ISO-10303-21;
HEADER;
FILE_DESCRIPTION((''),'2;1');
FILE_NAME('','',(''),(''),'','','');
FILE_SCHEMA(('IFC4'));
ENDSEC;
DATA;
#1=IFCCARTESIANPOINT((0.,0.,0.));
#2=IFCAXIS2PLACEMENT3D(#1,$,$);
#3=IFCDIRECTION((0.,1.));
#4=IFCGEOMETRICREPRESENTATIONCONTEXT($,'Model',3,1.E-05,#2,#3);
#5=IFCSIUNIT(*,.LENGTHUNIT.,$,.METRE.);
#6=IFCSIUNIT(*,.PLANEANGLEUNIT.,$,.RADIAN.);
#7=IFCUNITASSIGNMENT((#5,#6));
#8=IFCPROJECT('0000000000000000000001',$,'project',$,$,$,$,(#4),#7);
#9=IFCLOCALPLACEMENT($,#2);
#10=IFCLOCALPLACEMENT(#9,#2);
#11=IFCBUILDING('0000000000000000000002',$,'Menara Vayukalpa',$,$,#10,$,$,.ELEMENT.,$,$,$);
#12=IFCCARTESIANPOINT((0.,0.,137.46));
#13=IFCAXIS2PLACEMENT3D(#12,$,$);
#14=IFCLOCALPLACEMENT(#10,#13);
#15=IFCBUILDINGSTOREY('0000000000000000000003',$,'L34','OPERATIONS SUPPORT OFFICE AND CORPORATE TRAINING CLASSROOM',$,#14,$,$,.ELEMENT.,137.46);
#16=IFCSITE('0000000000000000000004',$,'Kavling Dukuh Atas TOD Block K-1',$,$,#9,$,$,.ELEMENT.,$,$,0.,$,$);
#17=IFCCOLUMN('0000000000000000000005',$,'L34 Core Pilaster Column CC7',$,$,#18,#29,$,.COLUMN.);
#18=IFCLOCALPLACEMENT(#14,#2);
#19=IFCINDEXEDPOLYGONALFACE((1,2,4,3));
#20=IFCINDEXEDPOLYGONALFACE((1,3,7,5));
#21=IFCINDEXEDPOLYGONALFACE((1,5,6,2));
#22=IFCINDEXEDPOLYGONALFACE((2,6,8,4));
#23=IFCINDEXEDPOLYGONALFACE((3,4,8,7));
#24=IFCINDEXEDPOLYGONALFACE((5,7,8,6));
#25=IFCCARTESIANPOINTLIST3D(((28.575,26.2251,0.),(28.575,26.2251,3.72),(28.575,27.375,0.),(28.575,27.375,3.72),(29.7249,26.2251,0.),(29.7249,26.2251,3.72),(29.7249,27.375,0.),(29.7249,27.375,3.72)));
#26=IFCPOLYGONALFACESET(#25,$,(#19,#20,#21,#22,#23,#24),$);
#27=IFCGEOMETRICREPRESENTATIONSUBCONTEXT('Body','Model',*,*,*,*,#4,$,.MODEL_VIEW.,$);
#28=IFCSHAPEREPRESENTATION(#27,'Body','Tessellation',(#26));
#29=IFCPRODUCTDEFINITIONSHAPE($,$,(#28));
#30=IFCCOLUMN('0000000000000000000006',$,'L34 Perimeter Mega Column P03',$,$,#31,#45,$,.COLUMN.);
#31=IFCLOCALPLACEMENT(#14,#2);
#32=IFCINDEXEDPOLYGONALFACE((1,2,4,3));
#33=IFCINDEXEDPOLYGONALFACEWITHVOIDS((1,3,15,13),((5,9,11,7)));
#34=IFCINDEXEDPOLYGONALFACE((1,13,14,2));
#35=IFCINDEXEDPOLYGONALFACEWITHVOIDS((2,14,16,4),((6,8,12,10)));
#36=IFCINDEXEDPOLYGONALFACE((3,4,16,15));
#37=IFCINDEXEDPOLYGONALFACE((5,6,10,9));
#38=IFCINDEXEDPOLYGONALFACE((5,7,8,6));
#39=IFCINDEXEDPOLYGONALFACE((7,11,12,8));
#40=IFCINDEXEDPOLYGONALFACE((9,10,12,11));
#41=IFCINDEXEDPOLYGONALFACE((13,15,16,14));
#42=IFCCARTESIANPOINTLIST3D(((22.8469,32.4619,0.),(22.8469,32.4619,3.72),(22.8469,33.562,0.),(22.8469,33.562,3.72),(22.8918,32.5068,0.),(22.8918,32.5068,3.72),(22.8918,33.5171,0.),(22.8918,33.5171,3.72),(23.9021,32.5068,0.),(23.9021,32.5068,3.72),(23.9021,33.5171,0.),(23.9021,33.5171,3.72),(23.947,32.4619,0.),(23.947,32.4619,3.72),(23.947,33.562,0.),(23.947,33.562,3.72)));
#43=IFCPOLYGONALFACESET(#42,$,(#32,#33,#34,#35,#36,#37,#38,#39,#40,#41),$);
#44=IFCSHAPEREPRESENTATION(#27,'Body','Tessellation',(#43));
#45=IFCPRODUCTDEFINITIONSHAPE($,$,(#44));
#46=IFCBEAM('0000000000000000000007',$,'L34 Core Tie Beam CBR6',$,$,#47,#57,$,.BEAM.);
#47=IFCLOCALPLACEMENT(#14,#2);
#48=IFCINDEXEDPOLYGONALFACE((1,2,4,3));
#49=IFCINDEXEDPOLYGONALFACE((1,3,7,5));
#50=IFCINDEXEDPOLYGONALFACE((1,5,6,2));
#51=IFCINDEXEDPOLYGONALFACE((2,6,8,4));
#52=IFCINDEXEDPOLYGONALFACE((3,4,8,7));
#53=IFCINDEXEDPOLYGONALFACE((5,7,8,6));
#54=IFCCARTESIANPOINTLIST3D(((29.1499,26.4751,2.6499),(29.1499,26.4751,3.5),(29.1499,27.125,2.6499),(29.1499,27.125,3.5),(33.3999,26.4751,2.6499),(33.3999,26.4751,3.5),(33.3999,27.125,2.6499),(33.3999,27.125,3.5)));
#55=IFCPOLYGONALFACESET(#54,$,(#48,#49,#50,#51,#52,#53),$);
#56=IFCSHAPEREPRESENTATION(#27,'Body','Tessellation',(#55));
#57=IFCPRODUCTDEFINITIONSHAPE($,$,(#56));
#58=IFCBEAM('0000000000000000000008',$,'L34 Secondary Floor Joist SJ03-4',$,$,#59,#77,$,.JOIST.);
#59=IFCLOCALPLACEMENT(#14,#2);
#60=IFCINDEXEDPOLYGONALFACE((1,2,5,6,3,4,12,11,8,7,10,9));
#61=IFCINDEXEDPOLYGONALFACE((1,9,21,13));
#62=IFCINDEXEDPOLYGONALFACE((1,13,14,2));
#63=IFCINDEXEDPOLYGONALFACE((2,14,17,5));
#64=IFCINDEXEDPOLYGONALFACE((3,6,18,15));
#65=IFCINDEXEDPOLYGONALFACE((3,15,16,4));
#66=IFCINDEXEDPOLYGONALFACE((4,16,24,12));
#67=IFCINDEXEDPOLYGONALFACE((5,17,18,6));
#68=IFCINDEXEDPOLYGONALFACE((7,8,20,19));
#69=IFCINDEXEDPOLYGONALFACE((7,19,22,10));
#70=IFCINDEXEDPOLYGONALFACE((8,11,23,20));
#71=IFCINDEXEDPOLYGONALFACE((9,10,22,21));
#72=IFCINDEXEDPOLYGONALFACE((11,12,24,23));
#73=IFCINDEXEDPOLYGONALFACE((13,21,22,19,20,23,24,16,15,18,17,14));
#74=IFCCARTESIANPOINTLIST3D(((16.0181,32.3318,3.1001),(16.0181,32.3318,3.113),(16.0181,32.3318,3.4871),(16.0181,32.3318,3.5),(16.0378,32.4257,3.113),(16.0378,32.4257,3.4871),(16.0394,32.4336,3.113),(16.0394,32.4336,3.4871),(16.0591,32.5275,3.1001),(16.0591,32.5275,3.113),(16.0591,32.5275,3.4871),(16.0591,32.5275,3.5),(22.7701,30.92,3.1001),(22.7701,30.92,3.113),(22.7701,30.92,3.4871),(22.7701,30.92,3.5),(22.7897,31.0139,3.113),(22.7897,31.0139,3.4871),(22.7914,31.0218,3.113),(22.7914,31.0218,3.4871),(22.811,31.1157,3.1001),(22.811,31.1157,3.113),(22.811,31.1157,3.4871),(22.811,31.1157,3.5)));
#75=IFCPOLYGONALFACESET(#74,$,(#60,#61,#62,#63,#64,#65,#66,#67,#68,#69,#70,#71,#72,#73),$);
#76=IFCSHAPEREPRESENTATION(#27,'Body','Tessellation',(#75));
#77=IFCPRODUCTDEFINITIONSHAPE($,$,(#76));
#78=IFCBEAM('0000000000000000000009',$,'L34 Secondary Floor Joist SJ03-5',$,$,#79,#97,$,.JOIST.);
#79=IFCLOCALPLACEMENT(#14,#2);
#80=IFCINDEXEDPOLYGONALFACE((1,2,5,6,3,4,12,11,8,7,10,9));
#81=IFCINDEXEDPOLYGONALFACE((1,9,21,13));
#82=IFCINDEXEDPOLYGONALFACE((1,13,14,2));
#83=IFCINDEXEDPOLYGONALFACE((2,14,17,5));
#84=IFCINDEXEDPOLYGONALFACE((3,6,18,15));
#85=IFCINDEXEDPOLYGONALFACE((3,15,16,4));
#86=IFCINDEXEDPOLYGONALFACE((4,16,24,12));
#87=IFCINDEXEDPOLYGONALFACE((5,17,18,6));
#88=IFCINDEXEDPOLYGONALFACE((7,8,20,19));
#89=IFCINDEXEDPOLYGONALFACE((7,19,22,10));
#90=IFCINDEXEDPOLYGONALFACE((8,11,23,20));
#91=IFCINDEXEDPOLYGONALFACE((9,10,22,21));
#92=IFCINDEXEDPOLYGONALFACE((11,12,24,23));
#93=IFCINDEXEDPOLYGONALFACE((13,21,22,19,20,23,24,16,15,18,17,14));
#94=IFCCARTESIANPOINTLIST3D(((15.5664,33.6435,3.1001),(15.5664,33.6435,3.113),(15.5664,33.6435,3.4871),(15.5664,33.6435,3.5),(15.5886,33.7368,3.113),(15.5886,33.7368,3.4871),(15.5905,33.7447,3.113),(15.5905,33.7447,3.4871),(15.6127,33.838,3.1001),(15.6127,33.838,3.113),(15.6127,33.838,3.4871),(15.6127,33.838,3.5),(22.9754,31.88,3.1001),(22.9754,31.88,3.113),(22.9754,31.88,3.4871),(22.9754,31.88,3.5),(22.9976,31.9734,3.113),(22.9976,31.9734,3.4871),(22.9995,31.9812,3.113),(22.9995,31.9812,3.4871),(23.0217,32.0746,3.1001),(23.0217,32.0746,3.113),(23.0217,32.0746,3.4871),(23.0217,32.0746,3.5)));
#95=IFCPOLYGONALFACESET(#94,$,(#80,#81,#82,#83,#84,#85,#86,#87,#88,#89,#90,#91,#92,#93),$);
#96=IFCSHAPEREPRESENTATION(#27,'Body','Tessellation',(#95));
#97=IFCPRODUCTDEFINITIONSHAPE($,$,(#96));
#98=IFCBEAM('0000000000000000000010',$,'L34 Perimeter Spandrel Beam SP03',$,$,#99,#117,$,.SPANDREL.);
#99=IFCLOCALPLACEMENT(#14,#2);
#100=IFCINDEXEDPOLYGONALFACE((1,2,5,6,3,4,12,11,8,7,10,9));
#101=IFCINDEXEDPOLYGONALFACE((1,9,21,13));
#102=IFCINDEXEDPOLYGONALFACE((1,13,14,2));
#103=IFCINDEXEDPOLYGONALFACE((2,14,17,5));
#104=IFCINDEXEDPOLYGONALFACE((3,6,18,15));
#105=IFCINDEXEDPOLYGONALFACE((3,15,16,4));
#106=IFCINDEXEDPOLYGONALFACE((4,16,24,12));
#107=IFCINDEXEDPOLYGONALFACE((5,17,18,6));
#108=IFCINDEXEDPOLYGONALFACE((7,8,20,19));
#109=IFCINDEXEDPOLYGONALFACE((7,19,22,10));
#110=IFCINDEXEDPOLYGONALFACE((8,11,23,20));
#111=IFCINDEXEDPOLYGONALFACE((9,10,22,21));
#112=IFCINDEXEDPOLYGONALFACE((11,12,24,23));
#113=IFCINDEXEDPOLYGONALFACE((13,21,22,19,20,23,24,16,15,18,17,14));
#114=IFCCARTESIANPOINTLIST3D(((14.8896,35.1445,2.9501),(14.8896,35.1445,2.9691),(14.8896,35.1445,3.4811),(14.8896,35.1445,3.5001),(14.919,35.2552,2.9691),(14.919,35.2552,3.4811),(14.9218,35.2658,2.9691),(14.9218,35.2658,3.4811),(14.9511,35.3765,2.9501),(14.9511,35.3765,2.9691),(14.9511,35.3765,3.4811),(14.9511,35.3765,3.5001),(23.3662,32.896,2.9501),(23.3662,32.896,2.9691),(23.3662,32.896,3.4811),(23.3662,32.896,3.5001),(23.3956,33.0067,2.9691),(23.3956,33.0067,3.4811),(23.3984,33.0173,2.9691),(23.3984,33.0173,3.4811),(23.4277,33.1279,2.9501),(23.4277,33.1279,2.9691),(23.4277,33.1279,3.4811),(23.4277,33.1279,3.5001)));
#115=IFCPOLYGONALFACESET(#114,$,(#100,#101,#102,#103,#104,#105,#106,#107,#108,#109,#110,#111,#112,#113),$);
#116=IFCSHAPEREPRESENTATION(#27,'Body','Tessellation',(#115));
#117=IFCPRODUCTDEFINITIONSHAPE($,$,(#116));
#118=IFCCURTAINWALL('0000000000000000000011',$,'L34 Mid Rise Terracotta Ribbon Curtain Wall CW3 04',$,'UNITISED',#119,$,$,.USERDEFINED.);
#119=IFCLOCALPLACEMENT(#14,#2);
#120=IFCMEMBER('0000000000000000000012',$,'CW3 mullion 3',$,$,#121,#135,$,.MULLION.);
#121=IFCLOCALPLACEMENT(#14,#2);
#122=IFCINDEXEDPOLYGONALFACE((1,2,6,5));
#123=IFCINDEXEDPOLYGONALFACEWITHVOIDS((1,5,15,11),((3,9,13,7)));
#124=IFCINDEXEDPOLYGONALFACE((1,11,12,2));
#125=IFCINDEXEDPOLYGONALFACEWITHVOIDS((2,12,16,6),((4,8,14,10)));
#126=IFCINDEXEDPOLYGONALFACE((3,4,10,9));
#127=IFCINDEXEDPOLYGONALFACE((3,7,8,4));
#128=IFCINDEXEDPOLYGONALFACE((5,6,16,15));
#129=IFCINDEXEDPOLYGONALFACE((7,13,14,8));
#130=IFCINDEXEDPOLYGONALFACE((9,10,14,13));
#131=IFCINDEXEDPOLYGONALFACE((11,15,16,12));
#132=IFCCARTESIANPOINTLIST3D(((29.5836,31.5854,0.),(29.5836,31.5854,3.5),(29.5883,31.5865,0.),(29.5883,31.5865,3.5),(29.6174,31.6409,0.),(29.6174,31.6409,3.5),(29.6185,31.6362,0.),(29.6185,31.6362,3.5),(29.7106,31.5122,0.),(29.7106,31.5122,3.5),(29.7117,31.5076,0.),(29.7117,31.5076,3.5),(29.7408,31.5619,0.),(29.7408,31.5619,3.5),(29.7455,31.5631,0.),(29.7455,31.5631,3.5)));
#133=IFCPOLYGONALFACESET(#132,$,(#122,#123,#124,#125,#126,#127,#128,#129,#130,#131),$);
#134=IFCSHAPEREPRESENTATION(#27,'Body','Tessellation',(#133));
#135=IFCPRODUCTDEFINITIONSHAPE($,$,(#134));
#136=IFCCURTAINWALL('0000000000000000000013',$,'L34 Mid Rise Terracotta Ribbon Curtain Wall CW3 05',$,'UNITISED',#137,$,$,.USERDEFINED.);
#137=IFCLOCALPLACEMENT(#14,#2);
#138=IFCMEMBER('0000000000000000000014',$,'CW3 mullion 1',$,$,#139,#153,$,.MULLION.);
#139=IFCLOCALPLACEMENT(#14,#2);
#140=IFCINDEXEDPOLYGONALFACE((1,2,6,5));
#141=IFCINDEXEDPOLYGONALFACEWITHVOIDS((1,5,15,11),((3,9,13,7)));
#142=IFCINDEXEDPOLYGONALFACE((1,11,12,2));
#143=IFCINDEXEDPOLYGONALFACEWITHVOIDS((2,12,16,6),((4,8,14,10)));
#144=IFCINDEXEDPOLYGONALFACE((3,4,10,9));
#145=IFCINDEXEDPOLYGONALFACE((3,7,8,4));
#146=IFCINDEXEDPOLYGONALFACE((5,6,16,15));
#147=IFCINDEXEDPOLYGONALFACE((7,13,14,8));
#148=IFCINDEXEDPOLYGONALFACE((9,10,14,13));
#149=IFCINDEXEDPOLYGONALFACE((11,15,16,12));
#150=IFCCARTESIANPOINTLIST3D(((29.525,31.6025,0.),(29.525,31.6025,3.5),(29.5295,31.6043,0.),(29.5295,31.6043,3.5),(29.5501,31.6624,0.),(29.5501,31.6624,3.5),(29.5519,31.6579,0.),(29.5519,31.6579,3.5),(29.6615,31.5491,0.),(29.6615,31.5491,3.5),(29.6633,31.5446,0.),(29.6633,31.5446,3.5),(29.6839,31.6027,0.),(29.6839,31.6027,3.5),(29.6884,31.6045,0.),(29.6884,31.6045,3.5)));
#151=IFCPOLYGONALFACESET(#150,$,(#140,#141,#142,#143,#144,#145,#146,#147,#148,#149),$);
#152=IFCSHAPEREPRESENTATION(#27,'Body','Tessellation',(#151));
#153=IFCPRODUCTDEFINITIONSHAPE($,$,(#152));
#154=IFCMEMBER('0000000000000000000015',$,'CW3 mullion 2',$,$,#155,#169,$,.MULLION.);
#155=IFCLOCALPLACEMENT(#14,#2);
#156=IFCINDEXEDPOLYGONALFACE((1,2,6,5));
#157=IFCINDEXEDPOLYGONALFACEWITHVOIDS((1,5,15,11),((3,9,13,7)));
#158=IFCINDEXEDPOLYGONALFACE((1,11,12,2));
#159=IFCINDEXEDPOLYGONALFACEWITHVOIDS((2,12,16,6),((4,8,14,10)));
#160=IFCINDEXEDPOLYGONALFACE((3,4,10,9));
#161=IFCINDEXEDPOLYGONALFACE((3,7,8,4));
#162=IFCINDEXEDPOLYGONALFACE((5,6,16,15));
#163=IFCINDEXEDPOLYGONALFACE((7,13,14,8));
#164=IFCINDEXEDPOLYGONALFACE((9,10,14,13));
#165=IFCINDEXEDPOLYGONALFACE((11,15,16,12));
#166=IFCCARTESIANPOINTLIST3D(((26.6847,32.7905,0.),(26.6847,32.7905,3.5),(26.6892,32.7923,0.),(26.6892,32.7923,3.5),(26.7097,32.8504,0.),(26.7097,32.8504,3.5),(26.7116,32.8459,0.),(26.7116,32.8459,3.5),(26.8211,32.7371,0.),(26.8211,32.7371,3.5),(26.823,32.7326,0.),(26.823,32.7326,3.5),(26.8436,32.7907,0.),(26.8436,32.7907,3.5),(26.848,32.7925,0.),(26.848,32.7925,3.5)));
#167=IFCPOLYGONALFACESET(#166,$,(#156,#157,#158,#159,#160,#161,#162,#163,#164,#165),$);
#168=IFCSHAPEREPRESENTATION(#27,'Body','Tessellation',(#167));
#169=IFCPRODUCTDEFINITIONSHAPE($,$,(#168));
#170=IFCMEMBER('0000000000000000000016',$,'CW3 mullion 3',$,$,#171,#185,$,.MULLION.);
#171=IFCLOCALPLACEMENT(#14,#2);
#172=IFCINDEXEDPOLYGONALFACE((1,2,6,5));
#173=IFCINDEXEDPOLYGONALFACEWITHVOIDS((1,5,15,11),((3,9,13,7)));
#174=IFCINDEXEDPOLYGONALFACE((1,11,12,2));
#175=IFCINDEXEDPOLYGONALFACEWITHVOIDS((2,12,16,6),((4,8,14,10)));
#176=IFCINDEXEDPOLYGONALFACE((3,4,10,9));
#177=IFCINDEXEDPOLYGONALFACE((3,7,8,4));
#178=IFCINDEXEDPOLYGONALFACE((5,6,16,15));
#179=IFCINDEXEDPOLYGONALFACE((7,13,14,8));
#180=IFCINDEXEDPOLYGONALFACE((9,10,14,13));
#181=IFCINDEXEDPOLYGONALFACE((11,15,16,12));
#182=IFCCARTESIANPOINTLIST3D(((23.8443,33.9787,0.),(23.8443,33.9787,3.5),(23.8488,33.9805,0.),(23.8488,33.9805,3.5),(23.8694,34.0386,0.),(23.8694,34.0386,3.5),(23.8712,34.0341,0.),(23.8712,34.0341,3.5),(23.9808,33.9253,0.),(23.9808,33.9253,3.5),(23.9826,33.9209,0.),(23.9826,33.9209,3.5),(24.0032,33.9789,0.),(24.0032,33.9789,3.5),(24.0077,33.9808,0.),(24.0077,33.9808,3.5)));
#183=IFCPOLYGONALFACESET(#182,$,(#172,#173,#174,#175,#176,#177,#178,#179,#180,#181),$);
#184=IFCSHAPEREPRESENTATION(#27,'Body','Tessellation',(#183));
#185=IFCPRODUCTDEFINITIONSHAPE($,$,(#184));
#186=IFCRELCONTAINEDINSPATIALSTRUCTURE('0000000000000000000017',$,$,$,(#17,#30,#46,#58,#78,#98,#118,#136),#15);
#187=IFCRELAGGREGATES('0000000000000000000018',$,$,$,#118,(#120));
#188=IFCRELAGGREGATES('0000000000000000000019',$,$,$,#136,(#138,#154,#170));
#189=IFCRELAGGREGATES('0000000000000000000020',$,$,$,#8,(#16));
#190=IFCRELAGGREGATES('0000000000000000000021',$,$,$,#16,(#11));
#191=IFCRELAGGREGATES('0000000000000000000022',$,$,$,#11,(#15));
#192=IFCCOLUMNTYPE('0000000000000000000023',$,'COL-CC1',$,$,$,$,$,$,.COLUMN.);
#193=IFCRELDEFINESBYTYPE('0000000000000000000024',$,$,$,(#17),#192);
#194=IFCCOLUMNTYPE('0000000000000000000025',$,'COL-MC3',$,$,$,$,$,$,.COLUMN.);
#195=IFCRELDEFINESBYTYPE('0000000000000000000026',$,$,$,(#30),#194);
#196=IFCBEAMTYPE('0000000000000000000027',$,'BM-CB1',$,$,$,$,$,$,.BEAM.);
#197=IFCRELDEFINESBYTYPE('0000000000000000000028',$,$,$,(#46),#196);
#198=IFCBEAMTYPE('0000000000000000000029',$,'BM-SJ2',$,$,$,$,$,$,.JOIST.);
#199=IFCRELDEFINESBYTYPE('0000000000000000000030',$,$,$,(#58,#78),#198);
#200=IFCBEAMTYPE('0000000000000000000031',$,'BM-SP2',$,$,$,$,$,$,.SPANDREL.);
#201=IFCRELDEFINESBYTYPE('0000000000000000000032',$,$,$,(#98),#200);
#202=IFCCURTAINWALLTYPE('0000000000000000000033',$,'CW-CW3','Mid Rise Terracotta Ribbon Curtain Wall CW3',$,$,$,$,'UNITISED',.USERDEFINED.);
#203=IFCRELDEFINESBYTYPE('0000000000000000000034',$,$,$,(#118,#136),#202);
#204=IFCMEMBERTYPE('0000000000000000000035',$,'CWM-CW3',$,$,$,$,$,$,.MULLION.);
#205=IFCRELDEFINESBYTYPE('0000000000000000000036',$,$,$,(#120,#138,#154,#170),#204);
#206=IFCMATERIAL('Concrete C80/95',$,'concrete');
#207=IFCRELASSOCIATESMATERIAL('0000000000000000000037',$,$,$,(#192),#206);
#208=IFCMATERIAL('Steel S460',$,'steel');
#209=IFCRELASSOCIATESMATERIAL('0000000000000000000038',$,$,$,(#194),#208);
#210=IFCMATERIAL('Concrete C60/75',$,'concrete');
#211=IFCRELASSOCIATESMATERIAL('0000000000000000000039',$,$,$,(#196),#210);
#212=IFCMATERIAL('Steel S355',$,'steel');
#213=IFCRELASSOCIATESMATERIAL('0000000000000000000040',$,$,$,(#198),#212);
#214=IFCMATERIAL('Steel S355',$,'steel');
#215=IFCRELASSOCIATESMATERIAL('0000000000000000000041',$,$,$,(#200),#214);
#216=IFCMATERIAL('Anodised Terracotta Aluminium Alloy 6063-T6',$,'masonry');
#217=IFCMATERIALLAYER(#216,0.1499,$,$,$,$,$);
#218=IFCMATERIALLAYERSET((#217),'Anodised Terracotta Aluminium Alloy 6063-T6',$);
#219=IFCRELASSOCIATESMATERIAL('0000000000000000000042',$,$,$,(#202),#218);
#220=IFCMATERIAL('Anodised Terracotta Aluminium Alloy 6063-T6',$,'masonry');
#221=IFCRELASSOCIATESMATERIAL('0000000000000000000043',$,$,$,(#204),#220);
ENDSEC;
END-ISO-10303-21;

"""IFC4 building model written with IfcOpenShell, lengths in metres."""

from ifc_helpers import new_model, si_unit, direction, frame, origin, origin_2d, place, context, subcontext, project, spatial, rectangle, hollow_rectangle, i_section, extrude, material, layer, layer_set, material_profile, profile_set, type_object, element, aggregate, save


model = new_model("IFC4")

# Units and contexts
model_context = context("Model", 3, precision=1e-05, world=origin(), true_north=direction((0.0, 1.0)))
body_context = subcontext(model_context, "Body", "Model", "MODEL_VIEW")
ifc_project = project(units=[si_unit("LENGTHUNIT", "METRE"), si_unit("PLANEANGLEUNIT", "RADIAN")], contexts=[model_context])

# Site, building, storey
site_placement = place(None, origin())
site = spatial("IfcSite", under=ifc_project, at=site_placement, Name="Kavling Dukuh Atas TOD Block K-1", CompositionType="ELEMENT", RefElevation=0.0)
building_placement = place(site_placement, origin())
building = spatial("IfcBuilding", under=site, at=building_placement, Name="Menara Vayukalpa", CompositionType="ELEMENT")
storey_placement = place(building_placement, frame((0.0, 0.0, 137.46)))
storey = spatial("IfcBuildingStorey", under=building, at=storey_placement, Name="L34", Description="OPERATIONS SUPPORT OFFICE AND CORPORATE TRAINING CLASSROOM", CompositionType="ELEMENT", Elevation=137.46)

# Columns
ifc_material_1 = material(Name="Concrete C80/95", Category="concrete")
ifc_material_profile_1 = material_profile(ifc_material_1, rectangle(XDim=1.1499, YDim=1.1499, at=origin_2d()), Name="RC 1150x1150")
ifc_profile_set_1 = profile_set([ifc_material_profile_1], Name="Concrete C80/95")
column_type_1 = type_object("IfcColumnType", Name="COL-CC1", PredefinedType="COLUMN", material=ifc_profile_set_1)
column_1_placement = place(storey_placement, frame((29.1499, 26.8, 0.0), z_axis=(0.0, 0.0, 1.0), x_axis=(1.0, 0.0, 0.0)))
element("IfcColumn", 1, at=column_1_placement, inside=storey, type_object=column_type_1, Name="L34 Core Pilaster Column CC7", PredefinedType="COLUMN", context=body_context, shape_type="SweptSolid", body=[
    extrude(rectangle(XDim=1.1499, YDim=1.1499, at=origin_2d()), origin(), (0.0, 0.0, 1.0), 3.72),
])
ifc_material_2 = material(Name="Steel S460", Category="steel")
ifc_material_profile_2 = material_profile(ifc_material_2, hollow_rectangle(XDim=1.1001, YDim=1.1001, WallThickness=0.0449, at=origin_2d()), Name="BOX 1100x1100x45")
ifc_profile_set_2 = profile_set([ifc_material_profile_2], Name="Steel S460")
column_type_2 = type_object("IfcColumnType", Name="COL-MC3", PredefinedType="COLUMN", material=ifc_profile_set_2)
column_2_placement = place(storey_placement, frame((23.397, 33.012, 0.0), z_axis=(0.0, 0.0, 1.0), x_axis=(1.0, 0.0, 0.0)))
element("IfcColumn", 2, at=column_2_placement, inside=storey, type_object=column_type_2, Name="L34 Perimeter Mega Column P03", PredefinedType="COLUMN", context=body_context, shape_type="SweptSolid", body=[
    extrude(hollow_rectangle(XDim=1.1001, YDim=1.1001, WallThickness=0.0449, at=origin_2d()), origin(), (0.0, 0.0, 1.0), 3.72),
])

# Beams
ifc_material_3 = material(Name="Concrete C60/75", Category="concrete")
ifc_material_profile_3 = material_profile(ifc_material_3, rectangle(XDim=0.6499, YDim=0.8501, at=origin_2d()), Name="RC 650x850")
ifc_profile_set_3 = profile_set([ifc_material_profile_3], Name="Concrete C60/75")
beam_type_1 = type_object("IfcBeamType", Name="BM-CB1", PredefinedType="BEAM", material=ifc_profile_set_3)
beam_1_placement = place(storey_placement, frame((29.1499, 26.8, 3.075), z_axis=(1.0, 0.0, 0.0), x_axis=(0.0, 1.0, 0.0)))
element("IfcBeam", 3, at=beam_1_placement, inside=storey, type_object=beam_type_1, Name="L34 Core Tie Beam CBR6", PredefinedType="BEAM", context=body_context, shape_type="SweptSolid", body=[
    extrude(rectangle(XDim=0.6499, YDim=0.8501, at=origin_2d()), origin(), (0.0, 0.0, 1.0), 4.25),
])
ifc_material_4 = material(Name="Steel S355", Category="steel")
ifc_material_profile_4 = material_profile(ifc_material_4, i_section(OverallWidth=0.2, OverallDepth=0.3999, WebThickness=0.0081, FlangeThickness=0.0129, at=origin_2d()), Name="WF 400x200x8x13")
ifc_profile_set_4 = profile_set([ifc_material_profile_4], Name="Steel S355")
beam_type_2 = type_object("IfcBeamType", Name="BM-SJ2", PredefinedType="JOIST", material=ifc_profile_set_4)
beam_2_placement = place(storey_placement, frame((22.7905, 31.0178, 3.3), z_axis=(-0.978829, 0.204678, 0.0), x_axis=(-0.204678, -0.978829, 0.0)))
element("IfcBeam", 4, at=beam_2_placement, inside=storey, type_object=beam_type_2, Name="L34 Secondary Floor Joist SJ03-4", PredefinedType="JOIST", context=body_context, shape_type="SweptSolid", body=[
    extrude(i_section(OverallWidth=0.2, OverallDepth=0.3999, WebThickness=0.0081, FlangeThickness=0.0129, at=origin_2d()), origin(), (0.0, 0.0, 1.0), 6.8979),
])
beam_3_placement = place(storey_placement, frame((22.9985, 31.9773, 3.3), z_axis=(-0.972824, 0.231545, 0.0), x_axis=(-0.231545, -0.972824, 0.0)))
element("IfcBeam", 5, at=beam_3_placement, inside=storey, type_object=beam_type_2, Name="L34 Secondary Floor Joist SJ03-5", PredefinedType="JOIST", context=body_context, shape_type="SweptSolid", body=[
    extrude(i_section(OverallWidth=0.2, OverallDepth=0.3999, WebThickness=0.0081, FlangeThickness=0.0129, at=origin_2d()), origin(), (0.0, 0.0, 1.0), 7.616),
])
ifc_material_5 = material(Name="Steel S355", Category="steel")
ifc_material_profile_5 = material_profile(ifc_material_5, i_section(OverallWidth=0.24, OverallDepth=0.55, WebThickness=0.011, FlangeThickness=0.019, at=origin_2d()), Name="WF 550x240x11x19")
ifc_profile_set_5 = profile_set([ifc_material_profile_5], Name="Steel S355")
beam_type_3 = type_object("IfcBeamType", Name="BM-SP2", PredefinedType="SPANDREL", material=ifc_profile_set_5)
beam_4_placement = place(storey_placement, frame((23.397, 33.012, 3.2251), z_axis=(-0.966571, 0.256398, 0.0), x_axis=(-0.256398, -0.966571, 0.0)))
element("IfcBeam", 6, at=beam_4_placement, inside=storey, type_object=beam_type_3, Name="L34 Perimeter Spandrel Beam SP03", PredefinedType="SPANDREL", context=body_context, shape_type="SweptSolid", body=[
    extrude(i_section(OverallWidth=0.24, OverallDepth=0.55, WebThickness=0.011, FlangeThickness=0.019, at=origin_2d()), origin(), (0.0, 0.0, 1.0), 8.7698),
])

# Curtain wall, member
ifc_material_6 = material(Name="Anodised Terracotta Aluminium Alloy 6063-T6", Category="masonry")
ifc_layer_1 = layer(ifc_material_6, 0.1499)
ifc_layer_set_1 = layer_set([ifc_layer_1], Name="Anodised Terracotta Aluminium Alloy 6063-T6")
curtain_wall_type = type_object("IfcCurtainWallType", Name="CW-CW3", Description="Mid Rise Terracotta Ribbon Curtain Wall CW3", ElementType="UNITISED", PredefinedType="USERDEFINED", material=ifc_layer_set_1)
curtain_wall_1_placement = place(storey_placement, origin())
curtain_wall_1 = element("IfcCurtainWall", 7, at=curtain_wall_1_placement, inside=storey, type_object=curtain_wall_type, Name="L34 Mid Rise Terracotta Ribbon Curtain Wall CW3 04", ObjectType="UNITISED", PredefinedType="USERDEFINED")
ifc_material_7 = material(Name="Anodised Terracotta Aluminium Alloy 6063-T6", Category="masonry")
ifc_material_profile_6 = material_profile(ifc_material_7, hollow_rectangle(XDim=0.0649, YDim=0.1499, WallThickness=0.0034, at=origin_2d()), Name="ALU 65x150x3.5")
ifc_profile_set_6 = profile_set([ifc_material_profile_6], Name="Anodised Terracotta Aluminium Alloy 6063-T6")
member_type_1 = type_object("IfcMemberType", Name="CWM-CW3", PredefinedType="MULLION", material=ifc_profile_set_6)
member_1_placement = place(storey_placement, frame((29.6646, 31.5742, 0.0), z_axis=(0.0, 0.0, 1.0), x_axis=(-0.519196, -0.854655, 0.0)))
member_1 = element("IfcMember", 8, at=member_1_placement, type_object=member_type_1, Name="CW3 mullion 3", PredefinedType="MULLION", context=body_context, shape_type="SweptSolid", body=[
    extrude(hollow_rectangle(XDim=0.0649, YDim=0.1499, WallThickness=0.0034, at=origin_2d()), origin(), (0.0, 0.0, 1.0), 3.5),
])
aggregate(curtain_wall_1, [member_1])

# Curtain wall, members
curtain_wall_2_placement = place(storey_placement, origin())
curtain_wall_2 = element("IfcCurtainWall", 9, at=curtain_wall_2_placement, inside=storey, type_object=curtain_wall_type, Name="L34 Mid Rise Terracotta Ribbon Curtain Wall CW3 05", ObjectType="UNITISED", PredefinedType="USERDEFINED")
member_2_placement = place(storey_placement, frame((29.6067, 31.6035, 0.0), z_axis=(0.0, 0.0, 1.0), x_axis=(-0.385886, -0.922546, 0.0)))
member_2 = element("IfcMember", 10, at=member_2_placement, type_object=member_type_1, Name="CW3 mullion 1", PredefinedType="MULLION", context=body_context, shape_type="SweptSolid", body=[
    extrude(hollow_rectangle(XDim=0.0649, YDim=0.1499, WallThickness=0.0034, at=origin_2d()), origin(), (0.0, 0.0, 1.0), 3.5),
])
member_3_placement = place(storey_placement, frame((26.7664, 32.7915, 0.0), z_axis=(0.0, 0.0, 1.0), x_axis=(-0.385886, -0.922546, 0.0)))
member_3 = element("IfcMember", 11, at=member_3_placement, type_object=member_type_1, Name="CW3 mullion 2", PredefinedType="MULLION", context=body_context, shape_type="SweptSolid", body=[
    extrude(hollow_rectangle(XDim=0.0649, YDim=0.1499, WallThickness=0.0034, at=origin_2d()), origin(), (0.0, 0.0, 1.0), 3.5),
])
member_4_placement = place(storey_placement, frame((23.926, 33.9797, 0.0), z_axis=(0.0, 0.0, 1.0), x_axis=(-0.385886, -0.922546, 0.0)))
member_4 = element("IfcMember", 12, at=member_4_placement, type_object=member_type_1, Name="CW3 mullion 3", PredefinedType="MULLION", context=body_context, shape_type="SweptSolid", body=[
    extrude(hollow_rectangle(XDim=0.0649, YDim=0.1499, WallThickness=0.0034, at=origin_2d()), origin(), (0.0, 0.0, 1.0), 3.5),
])
aggregate(curtain_wall_2, [member_2, member_3, member_4])

save(model, "model.ifc")
